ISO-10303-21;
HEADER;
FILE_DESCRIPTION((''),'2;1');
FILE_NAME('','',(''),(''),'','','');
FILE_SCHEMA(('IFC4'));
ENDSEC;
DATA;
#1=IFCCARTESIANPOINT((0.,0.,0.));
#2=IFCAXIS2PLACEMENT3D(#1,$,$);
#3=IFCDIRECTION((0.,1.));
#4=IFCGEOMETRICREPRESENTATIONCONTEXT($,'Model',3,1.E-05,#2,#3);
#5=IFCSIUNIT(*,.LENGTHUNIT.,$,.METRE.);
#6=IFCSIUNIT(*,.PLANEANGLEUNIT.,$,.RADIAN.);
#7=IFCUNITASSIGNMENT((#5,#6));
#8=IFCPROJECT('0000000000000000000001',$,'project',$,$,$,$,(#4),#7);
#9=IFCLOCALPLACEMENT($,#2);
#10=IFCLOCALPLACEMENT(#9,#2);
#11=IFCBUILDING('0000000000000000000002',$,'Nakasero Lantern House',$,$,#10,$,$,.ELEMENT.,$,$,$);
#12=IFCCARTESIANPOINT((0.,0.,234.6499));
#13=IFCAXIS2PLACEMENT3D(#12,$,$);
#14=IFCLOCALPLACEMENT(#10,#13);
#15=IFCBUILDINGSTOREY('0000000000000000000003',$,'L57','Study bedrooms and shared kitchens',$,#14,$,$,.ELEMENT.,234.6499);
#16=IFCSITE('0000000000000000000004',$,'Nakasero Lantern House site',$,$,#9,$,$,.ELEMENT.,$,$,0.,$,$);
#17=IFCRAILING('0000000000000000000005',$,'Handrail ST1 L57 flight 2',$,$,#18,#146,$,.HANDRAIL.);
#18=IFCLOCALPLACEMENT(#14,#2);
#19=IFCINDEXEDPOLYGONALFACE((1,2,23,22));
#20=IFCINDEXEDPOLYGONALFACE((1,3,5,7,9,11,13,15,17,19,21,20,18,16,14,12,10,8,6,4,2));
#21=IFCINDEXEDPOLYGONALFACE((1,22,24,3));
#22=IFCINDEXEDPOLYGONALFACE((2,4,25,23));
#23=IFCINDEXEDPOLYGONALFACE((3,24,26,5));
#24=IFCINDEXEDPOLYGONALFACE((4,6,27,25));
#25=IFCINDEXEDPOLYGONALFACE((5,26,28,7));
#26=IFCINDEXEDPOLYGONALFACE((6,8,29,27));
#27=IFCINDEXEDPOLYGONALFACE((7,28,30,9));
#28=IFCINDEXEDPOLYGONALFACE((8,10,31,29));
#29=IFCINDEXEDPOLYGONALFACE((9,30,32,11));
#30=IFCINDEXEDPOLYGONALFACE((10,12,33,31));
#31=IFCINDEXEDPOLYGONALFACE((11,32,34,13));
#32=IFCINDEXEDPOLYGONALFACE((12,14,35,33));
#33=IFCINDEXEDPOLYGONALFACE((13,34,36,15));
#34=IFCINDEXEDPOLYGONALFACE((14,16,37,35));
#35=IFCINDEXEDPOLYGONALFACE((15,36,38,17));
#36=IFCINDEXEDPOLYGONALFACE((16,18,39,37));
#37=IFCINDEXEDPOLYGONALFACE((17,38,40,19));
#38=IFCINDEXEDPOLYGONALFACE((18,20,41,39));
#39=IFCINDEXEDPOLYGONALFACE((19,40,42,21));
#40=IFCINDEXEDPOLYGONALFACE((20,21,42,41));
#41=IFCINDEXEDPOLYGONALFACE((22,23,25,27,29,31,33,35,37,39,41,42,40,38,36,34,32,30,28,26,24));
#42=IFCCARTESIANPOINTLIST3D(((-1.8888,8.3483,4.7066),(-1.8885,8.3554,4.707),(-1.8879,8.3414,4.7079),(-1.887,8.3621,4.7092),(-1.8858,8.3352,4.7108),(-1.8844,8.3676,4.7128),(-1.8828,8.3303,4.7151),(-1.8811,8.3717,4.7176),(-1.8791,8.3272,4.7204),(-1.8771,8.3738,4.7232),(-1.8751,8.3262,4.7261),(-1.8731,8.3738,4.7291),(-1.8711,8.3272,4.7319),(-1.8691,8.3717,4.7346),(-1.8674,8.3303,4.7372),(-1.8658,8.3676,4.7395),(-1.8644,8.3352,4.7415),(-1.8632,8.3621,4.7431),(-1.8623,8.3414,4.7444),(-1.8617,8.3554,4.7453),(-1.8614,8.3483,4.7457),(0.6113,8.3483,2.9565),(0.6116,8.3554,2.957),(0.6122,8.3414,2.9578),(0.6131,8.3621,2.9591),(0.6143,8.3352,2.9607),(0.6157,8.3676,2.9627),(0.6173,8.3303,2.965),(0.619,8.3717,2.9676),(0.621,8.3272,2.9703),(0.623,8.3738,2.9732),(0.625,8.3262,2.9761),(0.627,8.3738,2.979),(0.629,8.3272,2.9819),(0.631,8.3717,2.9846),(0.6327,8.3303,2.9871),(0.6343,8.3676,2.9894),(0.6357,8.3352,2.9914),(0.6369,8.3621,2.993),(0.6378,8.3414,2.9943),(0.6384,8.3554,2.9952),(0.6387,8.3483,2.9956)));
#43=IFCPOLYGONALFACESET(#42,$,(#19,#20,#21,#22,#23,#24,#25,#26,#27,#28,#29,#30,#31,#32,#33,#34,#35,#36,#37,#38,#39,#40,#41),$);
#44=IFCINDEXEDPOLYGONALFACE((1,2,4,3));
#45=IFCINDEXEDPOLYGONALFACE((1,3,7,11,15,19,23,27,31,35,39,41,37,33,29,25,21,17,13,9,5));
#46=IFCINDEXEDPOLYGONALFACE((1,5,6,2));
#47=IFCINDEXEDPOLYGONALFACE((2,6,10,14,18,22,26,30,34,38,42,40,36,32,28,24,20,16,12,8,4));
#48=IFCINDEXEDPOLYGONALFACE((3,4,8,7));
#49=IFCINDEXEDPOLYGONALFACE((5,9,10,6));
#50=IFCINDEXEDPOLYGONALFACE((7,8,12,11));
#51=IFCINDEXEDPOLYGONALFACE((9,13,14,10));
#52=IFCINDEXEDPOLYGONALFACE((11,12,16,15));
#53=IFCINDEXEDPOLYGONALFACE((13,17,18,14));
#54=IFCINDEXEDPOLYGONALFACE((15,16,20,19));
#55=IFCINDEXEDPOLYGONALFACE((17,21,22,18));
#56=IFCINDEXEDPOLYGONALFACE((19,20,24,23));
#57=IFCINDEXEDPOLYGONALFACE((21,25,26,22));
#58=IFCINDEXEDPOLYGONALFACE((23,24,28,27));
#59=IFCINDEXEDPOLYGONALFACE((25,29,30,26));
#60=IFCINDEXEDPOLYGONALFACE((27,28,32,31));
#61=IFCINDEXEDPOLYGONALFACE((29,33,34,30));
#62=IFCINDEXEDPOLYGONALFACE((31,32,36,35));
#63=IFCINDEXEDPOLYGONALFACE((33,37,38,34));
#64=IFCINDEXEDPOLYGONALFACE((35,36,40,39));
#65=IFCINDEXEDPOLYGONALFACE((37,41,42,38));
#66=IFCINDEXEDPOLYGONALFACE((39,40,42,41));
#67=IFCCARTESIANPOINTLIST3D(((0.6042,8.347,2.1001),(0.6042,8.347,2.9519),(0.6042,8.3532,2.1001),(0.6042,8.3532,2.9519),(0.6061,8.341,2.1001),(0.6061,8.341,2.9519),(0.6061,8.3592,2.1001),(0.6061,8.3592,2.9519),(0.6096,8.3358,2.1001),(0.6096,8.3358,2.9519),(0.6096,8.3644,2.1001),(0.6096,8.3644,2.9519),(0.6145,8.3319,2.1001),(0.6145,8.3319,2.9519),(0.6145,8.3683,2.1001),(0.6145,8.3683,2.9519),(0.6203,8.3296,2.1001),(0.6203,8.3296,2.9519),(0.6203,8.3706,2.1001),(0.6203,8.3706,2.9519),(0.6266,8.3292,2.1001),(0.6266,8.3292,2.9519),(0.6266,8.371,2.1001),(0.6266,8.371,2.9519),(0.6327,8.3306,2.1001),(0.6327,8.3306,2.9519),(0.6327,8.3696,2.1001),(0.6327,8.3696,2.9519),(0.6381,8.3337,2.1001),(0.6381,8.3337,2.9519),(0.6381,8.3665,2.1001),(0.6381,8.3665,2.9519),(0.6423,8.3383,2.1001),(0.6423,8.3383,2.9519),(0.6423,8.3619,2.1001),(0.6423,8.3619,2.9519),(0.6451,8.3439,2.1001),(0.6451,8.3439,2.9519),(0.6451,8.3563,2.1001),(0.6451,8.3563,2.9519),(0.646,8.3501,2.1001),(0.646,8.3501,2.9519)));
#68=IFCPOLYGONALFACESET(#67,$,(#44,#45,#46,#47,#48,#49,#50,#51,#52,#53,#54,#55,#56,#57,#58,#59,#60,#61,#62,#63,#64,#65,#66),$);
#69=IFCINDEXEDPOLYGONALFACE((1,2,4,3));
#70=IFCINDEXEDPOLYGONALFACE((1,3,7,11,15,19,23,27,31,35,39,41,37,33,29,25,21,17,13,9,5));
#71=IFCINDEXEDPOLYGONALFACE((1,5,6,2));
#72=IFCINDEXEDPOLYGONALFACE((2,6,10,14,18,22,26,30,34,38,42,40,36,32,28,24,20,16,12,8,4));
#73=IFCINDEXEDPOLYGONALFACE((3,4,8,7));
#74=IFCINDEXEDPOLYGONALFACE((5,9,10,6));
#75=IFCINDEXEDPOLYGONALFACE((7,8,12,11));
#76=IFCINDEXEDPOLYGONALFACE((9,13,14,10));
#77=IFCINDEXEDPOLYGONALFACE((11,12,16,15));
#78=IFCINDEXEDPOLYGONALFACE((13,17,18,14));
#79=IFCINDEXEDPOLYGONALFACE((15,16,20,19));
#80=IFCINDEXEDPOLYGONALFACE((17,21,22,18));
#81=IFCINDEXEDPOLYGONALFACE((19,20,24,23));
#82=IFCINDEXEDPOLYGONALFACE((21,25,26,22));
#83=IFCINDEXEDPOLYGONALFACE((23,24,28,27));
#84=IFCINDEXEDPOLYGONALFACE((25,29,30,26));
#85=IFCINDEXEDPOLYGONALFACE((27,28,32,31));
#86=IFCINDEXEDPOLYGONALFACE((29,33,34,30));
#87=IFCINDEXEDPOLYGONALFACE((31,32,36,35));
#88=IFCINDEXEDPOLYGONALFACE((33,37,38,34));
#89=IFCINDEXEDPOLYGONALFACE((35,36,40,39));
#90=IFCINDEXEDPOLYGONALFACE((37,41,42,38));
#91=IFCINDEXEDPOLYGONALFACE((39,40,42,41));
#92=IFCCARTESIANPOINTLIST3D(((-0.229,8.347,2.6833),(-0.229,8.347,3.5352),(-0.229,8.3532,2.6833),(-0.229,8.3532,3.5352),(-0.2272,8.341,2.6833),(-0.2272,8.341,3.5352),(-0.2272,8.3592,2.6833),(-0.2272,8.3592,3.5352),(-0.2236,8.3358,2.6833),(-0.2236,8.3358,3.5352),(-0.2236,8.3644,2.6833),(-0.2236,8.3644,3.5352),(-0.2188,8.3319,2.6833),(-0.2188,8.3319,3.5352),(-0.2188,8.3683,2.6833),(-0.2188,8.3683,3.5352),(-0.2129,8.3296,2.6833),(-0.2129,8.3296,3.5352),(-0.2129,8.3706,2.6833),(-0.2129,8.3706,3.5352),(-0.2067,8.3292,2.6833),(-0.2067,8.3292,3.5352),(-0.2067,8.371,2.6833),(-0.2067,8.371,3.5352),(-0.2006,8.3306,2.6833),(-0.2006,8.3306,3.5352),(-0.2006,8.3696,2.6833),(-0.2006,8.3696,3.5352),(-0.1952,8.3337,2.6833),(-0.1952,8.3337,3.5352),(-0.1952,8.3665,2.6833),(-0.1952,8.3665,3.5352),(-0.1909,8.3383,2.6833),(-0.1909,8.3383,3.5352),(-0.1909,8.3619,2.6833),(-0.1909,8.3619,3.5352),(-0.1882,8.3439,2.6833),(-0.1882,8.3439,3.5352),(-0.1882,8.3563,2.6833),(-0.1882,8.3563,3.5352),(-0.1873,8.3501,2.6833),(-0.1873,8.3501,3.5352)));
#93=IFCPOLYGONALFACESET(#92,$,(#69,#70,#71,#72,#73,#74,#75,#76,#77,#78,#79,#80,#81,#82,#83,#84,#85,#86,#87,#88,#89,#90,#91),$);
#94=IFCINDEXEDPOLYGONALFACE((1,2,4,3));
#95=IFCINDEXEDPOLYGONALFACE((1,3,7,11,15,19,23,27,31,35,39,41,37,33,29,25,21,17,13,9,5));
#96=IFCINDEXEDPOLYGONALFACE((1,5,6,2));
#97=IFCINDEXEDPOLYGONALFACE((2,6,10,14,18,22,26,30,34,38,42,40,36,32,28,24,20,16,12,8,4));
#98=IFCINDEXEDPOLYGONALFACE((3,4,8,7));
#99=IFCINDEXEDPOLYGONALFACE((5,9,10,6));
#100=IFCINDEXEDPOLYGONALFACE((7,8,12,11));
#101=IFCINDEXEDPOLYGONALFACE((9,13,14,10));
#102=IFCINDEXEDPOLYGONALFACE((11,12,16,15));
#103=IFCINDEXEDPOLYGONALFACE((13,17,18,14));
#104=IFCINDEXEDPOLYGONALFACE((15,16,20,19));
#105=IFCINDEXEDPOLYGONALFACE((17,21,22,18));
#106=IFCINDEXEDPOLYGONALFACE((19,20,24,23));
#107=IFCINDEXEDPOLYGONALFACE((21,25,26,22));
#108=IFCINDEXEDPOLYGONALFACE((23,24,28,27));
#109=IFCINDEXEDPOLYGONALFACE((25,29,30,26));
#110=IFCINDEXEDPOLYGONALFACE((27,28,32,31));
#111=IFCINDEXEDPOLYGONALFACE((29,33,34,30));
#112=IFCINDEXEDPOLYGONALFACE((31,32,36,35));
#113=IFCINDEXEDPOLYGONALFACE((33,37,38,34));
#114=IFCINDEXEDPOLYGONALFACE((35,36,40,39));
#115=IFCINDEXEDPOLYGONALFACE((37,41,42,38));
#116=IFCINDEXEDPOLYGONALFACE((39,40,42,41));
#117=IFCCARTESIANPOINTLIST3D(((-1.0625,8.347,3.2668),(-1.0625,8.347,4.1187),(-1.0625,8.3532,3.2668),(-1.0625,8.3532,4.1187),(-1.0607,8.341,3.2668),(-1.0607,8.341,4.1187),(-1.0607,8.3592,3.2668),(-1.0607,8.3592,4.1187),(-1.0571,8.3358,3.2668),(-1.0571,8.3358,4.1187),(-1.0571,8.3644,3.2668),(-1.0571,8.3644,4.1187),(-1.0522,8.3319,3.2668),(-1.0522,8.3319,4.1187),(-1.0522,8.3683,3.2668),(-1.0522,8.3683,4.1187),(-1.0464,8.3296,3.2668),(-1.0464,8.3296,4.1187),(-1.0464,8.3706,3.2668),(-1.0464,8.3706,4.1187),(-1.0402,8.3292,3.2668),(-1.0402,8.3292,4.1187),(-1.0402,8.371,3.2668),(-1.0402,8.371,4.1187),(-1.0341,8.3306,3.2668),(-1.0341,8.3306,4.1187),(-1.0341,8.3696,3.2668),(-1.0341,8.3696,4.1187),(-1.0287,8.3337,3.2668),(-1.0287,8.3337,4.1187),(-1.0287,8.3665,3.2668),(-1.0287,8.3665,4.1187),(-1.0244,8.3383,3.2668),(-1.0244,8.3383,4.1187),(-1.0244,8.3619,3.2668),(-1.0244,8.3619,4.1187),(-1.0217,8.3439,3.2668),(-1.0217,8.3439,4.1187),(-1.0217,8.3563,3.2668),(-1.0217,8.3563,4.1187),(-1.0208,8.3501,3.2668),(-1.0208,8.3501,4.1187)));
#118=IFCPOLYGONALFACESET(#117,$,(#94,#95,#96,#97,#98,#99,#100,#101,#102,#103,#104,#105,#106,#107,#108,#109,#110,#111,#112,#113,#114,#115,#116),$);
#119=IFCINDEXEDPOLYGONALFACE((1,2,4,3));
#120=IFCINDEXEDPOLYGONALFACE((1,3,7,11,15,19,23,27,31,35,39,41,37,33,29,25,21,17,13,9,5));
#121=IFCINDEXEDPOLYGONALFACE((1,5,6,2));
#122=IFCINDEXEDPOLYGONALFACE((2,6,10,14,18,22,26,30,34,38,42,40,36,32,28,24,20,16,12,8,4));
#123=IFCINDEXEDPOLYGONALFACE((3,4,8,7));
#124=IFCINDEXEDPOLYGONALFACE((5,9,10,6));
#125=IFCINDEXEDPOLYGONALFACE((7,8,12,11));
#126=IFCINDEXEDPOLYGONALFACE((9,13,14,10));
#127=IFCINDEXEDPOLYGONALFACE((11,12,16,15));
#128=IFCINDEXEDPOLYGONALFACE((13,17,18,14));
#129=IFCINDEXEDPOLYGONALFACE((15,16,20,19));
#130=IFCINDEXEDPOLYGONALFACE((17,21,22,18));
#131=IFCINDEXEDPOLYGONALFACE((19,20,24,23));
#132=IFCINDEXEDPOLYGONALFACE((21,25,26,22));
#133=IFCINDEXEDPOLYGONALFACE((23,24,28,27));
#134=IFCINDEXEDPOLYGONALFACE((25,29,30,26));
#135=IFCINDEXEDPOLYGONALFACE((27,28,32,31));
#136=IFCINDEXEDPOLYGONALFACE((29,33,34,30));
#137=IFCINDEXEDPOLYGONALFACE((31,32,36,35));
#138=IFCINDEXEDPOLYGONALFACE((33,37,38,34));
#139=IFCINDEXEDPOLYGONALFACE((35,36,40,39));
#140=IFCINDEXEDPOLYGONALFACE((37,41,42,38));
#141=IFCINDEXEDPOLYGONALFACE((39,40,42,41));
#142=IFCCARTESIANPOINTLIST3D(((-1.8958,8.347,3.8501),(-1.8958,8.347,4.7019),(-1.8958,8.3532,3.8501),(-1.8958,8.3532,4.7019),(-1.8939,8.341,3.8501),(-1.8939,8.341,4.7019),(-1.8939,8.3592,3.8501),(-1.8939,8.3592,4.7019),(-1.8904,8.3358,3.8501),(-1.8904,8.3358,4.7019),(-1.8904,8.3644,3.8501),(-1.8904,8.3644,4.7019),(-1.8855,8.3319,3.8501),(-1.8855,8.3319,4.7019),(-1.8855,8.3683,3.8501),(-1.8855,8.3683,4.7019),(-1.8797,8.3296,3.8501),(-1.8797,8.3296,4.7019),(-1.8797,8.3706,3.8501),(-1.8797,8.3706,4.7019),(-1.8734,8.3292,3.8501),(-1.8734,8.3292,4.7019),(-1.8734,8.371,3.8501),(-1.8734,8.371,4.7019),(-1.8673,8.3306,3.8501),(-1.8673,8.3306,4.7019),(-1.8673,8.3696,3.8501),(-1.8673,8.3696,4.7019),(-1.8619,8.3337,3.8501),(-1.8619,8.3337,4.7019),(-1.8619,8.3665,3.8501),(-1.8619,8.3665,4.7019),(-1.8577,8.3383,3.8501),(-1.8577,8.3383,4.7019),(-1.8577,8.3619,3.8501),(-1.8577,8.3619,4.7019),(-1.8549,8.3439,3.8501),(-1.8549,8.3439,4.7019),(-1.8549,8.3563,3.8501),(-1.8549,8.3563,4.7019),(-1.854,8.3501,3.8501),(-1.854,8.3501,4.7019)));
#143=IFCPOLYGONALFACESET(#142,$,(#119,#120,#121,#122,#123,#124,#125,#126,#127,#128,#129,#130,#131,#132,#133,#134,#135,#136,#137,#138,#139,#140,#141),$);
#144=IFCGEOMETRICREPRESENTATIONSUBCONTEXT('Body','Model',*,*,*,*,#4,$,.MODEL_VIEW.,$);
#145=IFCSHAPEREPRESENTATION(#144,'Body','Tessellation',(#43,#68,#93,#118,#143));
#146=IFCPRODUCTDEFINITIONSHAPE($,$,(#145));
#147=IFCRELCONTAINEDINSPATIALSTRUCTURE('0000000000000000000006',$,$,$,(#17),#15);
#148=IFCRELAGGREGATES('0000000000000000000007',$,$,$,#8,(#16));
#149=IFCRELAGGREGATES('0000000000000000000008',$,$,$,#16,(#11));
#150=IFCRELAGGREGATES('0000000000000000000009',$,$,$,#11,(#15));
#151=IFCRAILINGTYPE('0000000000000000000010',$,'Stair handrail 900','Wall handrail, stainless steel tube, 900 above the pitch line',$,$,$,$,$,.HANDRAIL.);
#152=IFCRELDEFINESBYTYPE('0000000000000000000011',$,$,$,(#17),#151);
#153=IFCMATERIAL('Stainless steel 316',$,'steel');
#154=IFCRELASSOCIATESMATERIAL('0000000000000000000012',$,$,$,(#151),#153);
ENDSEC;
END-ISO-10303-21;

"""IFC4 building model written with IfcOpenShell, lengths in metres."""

from ifc_helpers import new_model, si_unit, direction, frame, origin, origin_2d, place, context, subcontext, project, spatial, circle, extrude, material, type_object, element, save


model = new_model("IFC4")

# Units and contexts
model_context = context("Model", 3, precision=1e-05, world=origin(), true_north=direction((0.0, 1.0)))
body_context = subcontext(model_context, "Body", "Model", "MODEL_VIEW")
ifc_project = project(units=[si_unit("LENGTHUNIT", "METRE"), si_unit("PLANEANGLEUNIT", "RADIAN")], contexts=[model_context])

# Site, building, storey
site_placement = place(None, origin())
site = spatial("IfcSite", under=ifc_project, at=site_placement, Name="Nakasero Lantern House site", CompositionType="ELEMENT", RefElevation=0.0)
building_placement = place(site_placement, origin())
building = spatial("IfcBuilding", under=site, at=building_placement, Name="Nakasero Lantern House", CompositionType="ELEMENT")
storey_placement = place(building_placement, frame((0.0, 0.0, 234.6499)))
storey = spatial("IfcBuildingStorey", under=building, at=storey_placement, Name="L57", Description="Study bedrooms and shared kitchens", CompositionType="ELEMENT", Elevation=234.6499)

# Railing
ifc_material_1 = material(Name="Stainless steel 316", Category="steel")
railing_type = type_object("IfcRailingType", Name="Stair handrail 900", Description="Wall handrail, stainless steel tube, 900 above the pitch line", PredefinedType="HANDRAIL", material=ifc_material_1)
railing_placement = place(storey_placement, frame((0.625, 8.3501, 2.1001)))
element("IfcRailing", 1, at=railing_placement, inside=storey, type_object=railing_type, Name="Handrail ST1 L57 flight 2", PredefinedType="HANDRAIL", context=body_context, shape_type="SweptSolid", body=[
    extrude(circle(Radius=0.0239, at=origin_2d()), frame((0.0, 0.0, 0.876), z_axis=(-0.819232, 0.0, 0.573462), x_axis=(0.0, -1.0, 0.0)), (0.0, 0.0, 1.0), 3.0518),
    extrude(circle(Radius=0.021, at=origin_2d()), origin(), (0.0, 0.0, 1.0), 0.8518),
    extrude(circle(Radius=0.021, at=origin_2d()), frame((-0.8333, 0.0, 0.5833)), (0.0, 0.0, 1.0), 0.8518),
    extrude(circle(Radius=0.021, at=origin_2d()), frame((-1.6667, 0.0, 1.1667)), (0.0, 0.0, 1.0), 0.8518),
    extrude(circle(Radius=0.021, at=origin_2d()), frame((-2.5, 0.0, 1.75)), (0.0, 0.0, 1.0), 0.8518),
])

save(model, "model.ifc")
